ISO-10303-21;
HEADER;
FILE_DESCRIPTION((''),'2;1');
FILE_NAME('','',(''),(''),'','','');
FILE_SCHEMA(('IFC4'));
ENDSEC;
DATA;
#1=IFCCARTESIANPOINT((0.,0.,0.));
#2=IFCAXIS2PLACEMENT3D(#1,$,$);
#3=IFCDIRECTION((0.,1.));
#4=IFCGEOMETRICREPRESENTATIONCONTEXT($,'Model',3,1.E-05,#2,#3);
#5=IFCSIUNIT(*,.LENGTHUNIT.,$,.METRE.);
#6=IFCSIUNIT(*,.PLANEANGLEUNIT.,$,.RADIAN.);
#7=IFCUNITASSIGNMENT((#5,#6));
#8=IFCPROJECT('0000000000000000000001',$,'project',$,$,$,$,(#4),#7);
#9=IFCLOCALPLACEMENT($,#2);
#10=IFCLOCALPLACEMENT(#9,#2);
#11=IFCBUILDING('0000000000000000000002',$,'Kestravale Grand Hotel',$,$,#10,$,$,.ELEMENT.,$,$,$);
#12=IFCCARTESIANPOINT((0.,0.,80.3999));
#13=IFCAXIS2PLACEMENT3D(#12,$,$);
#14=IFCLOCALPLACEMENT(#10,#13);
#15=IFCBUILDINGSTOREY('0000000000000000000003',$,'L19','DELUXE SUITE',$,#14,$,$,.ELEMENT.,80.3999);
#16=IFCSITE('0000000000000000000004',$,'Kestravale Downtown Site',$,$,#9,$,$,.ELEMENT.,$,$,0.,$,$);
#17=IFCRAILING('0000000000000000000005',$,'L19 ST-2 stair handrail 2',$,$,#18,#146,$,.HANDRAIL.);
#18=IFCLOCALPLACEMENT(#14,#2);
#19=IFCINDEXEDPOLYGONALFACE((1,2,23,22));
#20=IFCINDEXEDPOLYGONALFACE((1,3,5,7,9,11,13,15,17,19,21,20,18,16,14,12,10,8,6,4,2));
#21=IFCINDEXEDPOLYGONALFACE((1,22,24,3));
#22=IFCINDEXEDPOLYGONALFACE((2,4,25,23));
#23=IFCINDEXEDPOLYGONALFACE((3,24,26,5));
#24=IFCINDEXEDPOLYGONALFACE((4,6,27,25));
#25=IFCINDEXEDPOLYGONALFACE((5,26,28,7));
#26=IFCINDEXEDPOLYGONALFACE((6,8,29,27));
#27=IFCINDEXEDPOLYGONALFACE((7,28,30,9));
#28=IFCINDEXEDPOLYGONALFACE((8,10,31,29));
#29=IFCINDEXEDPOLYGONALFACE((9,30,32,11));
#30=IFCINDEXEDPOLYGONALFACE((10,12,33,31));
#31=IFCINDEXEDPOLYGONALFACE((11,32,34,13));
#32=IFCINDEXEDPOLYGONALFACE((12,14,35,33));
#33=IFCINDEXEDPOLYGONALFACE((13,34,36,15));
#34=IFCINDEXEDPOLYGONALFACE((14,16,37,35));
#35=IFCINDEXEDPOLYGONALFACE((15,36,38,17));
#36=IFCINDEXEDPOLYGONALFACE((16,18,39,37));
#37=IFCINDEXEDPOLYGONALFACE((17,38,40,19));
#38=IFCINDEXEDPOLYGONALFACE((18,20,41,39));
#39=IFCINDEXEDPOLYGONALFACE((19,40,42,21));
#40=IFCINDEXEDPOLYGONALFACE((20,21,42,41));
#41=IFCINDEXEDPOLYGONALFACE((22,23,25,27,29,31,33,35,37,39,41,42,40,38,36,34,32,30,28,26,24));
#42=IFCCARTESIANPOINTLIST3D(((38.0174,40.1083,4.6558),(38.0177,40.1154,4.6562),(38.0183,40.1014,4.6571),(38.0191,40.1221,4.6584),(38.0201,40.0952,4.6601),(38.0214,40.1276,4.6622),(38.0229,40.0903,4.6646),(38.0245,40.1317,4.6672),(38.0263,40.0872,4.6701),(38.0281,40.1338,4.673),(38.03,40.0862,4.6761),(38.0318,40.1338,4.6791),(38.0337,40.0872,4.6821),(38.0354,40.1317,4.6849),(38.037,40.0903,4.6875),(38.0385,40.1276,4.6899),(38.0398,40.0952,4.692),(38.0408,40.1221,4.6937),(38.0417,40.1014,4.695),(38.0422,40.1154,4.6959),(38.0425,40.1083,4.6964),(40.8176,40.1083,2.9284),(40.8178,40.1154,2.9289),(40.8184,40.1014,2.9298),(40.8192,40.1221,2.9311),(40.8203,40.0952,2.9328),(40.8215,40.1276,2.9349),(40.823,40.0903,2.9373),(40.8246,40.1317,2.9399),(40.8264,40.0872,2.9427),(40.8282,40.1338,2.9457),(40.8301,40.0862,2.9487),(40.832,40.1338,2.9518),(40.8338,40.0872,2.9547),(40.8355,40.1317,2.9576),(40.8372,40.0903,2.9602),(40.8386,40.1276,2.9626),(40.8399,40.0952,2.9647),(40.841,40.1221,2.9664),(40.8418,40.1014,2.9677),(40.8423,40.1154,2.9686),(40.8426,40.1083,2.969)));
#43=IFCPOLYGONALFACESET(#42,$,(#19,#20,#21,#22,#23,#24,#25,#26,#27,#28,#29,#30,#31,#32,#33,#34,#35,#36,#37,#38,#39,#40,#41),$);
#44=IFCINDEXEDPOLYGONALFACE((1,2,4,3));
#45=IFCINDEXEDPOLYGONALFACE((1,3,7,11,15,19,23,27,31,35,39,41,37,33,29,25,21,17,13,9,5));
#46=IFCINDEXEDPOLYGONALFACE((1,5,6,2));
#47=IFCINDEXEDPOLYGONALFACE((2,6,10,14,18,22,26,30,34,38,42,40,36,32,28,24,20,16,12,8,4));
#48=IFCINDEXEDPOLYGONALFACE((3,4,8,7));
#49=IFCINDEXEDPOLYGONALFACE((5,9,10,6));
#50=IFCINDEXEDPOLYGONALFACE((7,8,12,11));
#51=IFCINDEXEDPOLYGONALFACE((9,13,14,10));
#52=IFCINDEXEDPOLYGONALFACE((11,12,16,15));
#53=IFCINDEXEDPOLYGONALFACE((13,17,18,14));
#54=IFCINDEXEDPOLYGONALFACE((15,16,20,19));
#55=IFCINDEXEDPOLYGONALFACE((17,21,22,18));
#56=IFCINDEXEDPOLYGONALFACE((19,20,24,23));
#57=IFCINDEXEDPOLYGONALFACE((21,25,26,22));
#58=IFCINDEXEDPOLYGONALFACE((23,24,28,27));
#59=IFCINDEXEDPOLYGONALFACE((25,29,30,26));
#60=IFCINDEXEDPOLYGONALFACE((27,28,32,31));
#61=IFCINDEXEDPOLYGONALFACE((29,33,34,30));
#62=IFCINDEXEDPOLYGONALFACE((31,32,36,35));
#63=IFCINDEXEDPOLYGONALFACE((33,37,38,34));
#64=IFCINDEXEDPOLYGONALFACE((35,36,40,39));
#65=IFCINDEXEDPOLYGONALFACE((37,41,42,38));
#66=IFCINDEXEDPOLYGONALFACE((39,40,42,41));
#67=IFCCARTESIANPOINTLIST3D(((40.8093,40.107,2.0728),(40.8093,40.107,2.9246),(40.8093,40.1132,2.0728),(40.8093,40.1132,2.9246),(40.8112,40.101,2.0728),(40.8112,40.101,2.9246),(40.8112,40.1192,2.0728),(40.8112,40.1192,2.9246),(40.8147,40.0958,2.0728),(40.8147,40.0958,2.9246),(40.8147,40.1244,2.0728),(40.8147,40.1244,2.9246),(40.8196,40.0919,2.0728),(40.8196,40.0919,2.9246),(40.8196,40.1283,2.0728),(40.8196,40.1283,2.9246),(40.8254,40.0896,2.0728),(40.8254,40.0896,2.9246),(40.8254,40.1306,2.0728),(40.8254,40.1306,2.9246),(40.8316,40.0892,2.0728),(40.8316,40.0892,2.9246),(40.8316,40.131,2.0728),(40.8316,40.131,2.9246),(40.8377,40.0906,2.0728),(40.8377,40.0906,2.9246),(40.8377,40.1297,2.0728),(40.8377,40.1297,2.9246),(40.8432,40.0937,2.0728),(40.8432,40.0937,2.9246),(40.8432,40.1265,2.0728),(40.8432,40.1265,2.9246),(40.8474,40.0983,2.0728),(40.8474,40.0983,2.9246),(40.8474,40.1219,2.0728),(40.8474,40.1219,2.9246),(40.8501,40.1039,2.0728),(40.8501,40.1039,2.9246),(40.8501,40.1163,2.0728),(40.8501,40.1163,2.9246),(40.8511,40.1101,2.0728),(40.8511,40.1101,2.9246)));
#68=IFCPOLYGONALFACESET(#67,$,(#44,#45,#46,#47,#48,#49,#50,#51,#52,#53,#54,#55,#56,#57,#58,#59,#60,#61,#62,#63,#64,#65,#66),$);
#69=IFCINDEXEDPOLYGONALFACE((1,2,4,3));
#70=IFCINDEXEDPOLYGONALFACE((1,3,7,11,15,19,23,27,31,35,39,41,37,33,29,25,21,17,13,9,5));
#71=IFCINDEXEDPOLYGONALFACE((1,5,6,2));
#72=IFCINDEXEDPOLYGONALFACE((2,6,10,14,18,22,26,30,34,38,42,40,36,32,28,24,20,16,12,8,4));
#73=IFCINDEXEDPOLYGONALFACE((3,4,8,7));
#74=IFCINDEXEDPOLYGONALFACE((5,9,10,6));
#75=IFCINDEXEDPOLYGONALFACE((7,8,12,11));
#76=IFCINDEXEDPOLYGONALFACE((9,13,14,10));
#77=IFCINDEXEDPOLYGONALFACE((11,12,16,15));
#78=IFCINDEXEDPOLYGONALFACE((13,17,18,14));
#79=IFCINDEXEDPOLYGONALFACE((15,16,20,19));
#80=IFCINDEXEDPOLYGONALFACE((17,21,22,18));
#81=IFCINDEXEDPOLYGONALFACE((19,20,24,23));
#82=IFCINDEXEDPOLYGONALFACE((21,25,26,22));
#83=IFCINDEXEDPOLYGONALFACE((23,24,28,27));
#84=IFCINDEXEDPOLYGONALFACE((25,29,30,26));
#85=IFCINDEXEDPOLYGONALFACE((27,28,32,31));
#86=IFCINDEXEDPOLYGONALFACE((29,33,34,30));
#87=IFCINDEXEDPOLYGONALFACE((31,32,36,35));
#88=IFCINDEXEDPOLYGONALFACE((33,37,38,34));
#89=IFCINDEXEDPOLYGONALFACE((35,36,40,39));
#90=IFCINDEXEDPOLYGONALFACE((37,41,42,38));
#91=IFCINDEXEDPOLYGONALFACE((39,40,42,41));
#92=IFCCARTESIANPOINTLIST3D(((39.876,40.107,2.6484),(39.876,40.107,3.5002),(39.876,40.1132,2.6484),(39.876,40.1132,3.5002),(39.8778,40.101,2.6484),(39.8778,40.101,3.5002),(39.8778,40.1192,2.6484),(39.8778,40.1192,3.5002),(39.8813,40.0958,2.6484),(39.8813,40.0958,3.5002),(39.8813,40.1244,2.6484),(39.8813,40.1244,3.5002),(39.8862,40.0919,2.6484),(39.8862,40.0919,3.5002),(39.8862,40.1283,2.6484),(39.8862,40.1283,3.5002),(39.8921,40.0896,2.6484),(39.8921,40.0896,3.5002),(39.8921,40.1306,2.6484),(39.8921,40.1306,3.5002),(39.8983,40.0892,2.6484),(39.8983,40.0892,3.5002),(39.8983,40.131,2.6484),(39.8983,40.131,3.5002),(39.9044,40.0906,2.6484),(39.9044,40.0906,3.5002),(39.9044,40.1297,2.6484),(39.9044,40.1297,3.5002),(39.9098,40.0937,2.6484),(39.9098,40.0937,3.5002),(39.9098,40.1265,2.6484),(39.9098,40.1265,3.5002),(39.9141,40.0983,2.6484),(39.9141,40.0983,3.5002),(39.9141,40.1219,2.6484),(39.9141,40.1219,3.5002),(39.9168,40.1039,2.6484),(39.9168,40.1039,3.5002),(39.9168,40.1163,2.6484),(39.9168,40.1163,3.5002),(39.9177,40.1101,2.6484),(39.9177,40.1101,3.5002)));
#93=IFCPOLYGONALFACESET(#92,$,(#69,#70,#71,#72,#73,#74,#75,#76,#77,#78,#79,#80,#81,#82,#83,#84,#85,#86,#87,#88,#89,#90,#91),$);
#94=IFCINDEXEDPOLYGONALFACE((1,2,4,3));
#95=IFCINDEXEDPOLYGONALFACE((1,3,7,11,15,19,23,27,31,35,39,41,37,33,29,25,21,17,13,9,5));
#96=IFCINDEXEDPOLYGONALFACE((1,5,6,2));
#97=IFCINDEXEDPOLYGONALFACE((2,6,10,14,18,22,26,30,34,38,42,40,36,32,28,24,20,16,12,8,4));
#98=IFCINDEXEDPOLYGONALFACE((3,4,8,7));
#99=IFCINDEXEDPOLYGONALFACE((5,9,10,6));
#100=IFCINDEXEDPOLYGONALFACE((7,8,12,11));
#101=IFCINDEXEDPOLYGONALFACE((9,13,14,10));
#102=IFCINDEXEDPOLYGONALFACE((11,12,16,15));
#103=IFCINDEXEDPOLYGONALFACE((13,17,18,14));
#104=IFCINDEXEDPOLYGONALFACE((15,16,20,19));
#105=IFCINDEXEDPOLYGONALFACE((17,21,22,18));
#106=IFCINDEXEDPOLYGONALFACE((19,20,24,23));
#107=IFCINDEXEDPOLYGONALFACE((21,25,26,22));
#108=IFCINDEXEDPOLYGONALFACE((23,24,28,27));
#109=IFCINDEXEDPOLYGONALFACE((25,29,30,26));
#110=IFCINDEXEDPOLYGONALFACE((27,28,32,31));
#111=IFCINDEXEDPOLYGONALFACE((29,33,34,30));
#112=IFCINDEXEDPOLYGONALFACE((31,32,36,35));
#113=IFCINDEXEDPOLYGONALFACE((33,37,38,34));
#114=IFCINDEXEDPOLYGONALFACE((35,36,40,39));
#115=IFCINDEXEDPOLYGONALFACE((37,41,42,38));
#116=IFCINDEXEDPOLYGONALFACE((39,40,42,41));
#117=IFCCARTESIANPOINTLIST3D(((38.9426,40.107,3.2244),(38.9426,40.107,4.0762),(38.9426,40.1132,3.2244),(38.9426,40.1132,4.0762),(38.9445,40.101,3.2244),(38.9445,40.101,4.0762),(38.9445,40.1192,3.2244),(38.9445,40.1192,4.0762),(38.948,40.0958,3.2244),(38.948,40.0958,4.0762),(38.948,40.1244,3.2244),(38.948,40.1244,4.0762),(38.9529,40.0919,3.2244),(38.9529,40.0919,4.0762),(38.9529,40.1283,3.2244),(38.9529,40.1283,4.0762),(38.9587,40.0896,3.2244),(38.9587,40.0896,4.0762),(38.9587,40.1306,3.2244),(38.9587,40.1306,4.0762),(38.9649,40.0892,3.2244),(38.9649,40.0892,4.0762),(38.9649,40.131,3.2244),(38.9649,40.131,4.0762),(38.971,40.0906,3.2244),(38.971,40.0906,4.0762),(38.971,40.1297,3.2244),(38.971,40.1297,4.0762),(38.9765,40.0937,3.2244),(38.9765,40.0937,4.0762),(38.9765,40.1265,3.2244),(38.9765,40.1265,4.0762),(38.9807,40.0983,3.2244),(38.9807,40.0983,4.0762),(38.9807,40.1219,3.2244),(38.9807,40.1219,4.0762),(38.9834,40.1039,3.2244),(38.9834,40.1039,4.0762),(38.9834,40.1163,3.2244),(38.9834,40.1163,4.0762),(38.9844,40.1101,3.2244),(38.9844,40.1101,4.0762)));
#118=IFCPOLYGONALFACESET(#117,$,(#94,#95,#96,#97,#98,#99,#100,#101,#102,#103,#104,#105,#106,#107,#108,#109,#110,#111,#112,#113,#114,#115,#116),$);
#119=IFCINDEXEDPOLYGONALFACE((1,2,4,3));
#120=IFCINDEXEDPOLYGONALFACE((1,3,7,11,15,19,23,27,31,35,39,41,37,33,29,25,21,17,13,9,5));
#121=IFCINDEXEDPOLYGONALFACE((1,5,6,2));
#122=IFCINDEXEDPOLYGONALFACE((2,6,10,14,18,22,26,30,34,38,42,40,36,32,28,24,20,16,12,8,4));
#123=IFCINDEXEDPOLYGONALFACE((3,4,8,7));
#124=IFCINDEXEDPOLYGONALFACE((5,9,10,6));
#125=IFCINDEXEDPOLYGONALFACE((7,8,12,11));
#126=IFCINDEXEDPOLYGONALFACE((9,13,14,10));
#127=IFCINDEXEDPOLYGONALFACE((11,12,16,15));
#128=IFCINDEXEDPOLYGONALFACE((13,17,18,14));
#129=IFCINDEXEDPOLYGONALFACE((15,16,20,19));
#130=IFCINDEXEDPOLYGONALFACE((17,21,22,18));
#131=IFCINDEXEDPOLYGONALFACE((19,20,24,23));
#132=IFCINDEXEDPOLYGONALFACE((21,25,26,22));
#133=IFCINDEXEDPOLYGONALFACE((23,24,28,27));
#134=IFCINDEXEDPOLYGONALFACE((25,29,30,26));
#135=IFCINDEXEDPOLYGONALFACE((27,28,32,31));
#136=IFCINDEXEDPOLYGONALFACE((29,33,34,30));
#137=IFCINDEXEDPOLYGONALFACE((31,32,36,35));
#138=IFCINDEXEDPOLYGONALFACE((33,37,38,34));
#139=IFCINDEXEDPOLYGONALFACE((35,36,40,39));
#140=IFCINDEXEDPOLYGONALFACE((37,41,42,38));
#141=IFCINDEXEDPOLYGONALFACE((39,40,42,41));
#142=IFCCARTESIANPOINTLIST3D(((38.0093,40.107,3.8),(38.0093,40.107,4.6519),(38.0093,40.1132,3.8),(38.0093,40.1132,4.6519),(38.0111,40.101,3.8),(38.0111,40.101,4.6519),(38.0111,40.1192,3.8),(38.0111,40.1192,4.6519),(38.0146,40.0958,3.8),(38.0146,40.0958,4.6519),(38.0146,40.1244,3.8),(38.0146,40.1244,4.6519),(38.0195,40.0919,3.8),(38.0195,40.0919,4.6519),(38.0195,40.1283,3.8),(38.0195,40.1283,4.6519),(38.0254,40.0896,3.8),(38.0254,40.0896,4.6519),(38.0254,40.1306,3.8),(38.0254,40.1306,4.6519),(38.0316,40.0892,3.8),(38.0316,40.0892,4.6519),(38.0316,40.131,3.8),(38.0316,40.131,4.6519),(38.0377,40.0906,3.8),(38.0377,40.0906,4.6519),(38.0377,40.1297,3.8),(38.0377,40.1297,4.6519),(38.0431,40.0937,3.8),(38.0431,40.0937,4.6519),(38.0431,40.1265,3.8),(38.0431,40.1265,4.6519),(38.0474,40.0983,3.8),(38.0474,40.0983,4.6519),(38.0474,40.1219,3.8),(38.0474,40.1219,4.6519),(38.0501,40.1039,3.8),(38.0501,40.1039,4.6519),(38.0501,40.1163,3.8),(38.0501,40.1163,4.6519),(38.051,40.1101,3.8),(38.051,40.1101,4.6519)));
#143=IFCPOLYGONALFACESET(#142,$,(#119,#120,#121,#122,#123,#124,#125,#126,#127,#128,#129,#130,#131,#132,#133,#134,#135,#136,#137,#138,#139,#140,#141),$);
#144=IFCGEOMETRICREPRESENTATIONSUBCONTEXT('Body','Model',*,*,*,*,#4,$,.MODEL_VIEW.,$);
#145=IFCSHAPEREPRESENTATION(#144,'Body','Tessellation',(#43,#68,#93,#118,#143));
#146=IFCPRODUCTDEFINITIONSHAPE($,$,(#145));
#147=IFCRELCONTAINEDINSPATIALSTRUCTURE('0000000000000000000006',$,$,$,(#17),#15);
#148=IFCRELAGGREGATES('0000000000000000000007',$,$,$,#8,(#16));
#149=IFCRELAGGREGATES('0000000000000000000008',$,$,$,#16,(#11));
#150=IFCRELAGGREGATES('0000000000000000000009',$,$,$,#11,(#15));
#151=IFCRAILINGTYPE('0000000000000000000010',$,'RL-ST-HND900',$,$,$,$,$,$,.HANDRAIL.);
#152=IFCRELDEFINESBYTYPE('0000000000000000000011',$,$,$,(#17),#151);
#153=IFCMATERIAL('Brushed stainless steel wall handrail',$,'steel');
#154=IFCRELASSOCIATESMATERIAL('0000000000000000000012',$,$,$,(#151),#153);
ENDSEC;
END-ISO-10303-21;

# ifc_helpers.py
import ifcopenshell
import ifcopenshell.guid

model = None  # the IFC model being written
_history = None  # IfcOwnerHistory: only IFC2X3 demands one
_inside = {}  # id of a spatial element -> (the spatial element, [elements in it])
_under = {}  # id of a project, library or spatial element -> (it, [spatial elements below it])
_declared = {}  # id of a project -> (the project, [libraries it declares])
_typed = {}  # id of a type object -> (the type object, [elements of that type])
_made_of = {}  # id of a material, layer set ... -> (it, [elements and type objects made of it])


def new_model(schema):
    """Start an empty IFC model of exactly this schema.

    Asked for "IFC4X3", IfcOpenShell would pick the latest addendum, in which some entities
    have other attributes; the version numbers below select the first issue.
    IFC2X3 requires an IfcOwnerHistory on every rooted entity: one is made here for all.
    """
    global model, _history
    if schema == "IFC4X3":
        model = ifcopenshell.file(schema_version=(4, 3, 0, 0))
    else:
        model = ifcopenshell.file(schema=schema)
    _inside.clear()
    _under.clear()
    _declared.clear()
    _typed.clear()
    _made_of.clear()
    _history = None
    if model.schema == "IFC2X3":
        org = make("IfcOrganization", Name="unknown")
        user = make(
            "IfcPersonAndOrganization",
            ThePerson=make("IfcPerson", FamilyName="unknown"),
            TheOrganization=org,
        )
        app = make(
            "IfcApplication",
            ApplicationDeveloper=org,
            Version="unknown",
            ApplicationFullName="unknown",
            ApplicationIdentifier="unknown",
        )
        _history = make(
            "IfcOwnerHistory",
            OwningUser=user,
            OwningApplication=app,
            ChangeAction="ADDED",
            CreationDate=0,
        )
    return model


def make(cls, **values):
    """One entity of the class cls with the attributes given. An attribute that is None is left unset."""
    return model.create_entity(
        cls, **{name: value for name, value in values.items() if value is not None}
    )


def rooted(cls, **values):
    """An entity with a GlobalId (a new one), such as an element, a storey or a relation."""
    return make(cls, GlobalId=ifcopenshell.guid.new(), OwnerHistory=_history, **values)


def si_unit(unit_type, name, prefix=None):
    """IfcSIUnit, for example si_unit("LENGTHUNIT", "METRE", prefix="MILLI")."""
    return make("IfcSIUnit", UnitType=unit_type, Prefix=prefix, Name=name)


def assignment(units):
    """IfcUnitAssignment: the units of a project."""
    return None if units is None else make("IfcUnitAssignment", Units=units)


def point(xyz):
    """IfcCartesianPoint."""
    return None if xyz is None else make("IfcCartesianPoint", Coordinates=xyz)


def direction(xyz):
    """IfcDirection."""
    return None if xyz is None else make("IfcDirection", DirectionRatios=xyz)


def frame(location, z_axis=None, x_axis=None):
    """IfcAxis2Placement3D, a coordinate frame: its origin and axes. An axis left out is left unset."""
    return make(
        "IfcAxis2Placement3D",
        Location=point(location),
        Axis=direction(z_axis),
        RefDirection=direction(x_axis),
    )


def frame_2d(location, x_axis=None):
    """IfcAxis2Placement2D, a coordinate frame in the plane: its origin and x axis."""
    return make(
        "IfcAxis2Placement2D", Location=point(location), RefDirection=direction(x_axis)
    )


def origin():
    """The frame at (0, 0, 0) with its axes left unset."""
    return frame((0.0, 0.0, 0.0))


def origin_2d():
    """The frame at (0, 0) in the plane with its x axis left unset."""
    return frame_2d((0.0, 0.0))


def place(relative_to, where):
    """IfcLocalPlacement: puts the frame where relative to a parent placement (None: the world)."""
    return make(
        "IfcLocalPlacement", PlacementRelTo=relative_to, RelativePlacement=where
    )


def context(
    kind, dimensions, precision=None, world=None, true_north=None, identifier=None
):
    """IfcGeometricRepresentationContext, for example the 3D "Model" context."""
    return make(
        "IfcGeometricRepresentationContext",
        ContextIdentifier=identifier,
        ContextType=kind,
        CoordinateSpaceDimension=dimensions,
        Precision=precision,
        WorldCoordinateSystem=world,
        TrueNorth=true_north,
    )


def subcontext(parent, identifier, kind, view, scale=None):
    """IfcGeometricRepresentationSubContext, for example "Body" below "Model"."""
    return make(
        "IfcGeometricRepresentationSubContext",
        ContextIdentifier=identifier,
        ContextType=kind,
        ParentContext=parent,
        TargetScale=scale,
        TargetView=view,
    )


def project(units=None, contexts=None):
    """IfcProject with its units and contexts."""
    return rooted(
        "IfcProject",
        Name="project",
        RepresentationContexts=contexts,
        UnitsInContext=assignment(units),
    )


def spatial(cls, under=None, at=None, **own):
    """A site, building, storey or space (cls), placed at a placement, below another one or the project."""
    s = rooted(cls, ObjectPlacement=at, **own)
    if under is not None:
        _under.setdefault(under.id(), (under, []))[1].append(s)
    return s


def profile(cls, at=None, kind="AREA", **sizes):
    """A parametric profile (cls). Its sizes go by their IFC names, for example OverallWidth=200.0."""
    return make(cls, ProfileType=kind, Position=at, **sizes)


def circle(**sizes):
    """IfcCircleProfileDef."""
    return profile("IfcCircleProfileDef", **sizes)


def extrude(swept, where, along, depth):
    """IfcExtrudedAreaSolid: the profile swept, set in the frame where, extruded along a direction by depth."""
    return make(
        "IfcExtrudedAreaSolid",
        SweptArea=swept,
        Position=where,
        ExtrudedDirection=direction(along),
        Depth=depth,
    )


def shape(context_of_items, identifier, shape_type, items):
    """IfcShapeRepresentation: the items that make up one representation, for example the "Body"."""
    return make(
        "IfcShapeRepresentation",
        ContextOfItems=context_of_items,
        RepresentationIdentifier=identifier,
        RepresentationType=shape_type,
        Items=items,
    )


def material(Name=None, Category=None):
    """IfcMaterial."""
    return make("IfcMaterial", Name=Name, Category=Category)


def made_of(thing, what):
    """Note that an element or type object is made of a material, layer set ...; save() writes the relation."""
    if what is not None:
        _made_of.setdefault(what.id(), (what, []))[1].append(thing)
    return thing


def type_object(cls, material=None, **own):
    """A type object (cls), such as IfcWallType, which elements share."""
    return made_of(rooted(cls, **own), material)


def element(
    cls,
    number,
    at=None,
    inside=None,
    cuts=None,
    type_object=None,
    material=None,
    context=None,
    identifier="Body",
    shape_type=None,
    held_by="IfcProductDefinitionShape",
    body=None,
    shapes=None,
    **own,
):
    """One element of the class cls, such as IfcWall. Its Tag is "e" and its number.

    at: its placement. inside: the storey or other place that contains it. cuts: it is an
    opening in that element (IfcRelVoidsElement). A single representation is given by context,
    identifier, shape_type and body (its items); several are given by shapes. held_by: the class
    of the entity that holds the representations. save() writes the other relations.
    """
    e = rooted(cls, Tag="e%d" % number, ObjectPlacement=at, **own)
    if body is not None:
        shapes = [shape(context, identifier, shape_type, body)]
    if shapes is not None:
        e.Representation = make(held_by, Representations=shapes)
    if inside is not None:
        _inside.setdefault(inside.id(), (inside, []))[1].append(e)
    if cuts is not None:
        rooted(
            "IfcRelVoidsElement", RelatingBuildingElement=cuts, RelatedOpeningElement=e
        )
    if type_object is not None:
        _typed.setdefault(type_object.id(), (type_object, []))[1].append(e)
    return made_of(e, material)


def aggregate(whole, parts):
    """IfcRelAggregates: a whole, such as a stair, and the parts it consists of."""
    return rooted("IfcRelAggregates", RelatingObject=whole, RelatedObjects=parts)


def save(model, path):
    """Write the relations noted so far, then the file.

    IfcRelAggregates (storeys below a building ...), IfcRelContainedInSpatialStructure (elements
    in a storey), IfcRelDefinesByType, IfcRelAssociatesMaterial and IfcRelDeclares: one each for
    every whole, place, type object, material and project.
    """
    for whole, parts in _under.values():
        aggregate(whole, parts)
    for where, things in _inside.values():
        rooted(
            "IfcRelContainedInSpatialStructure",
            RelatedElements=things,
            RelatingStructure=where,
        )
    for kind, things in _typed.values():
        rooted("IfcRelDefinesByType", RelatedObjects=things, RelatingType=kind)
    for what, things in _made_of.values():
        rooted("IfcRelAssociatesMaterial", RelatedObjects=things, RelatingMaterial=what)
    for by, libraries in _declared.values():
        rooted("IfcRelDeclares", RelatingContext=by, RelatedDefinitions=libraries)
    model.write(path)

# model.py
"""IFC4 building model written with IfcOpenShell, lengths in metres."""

from ifc_helpers import new_model, si_unit, direction, frame, origin, origin_2d, place, context, subcontext, project, spatial, circle, extrude, material, type_object, element, save


model = new_model("IFC4")

# Units and contexts
model_context = context("Model", 3, precision=1e-05, world=origin(), true_north=direction((0.0, 1.0)))
body_context = subcontext(model_context, "Body", "Model", "MODEL_VIEW")
ifc_project = project(units=[si_unit("LENGTHUNIT", "METRE"), si_unit("PLANEANGLEUNIT", "RADIAN")], contexts=[model_context])

# Site, building, storey
site_placement = place(None, origin())
site = spatial("IfcSite", under=ifc_project, at=site_placement, Name="Kestravale Downtown Site", CompositionType="ELEMENT", RefElevation=0.0)
building_placement = place(site_placement, origin())
building = spatial("IfcBuilding", under=site, at=building_placement, Name="Kestravale Grand Hotel", CompositionType="ELEMENT")
storey_placement = place(building_placement, frame((0.0, 0.0, 80.3999)))
storey = spatial("IfcBuildingStorey", under=building, at=storey_placement, Name="L19", Description="DELUXE SUITE", CompositionType="ELEMENT", Elevation=80.3999)

# Railing
ifc_material_1 = material(Name="Brushed stainless steel wall handrail", Category="steel")
railing_type_1 = type_object("IfcRailingType", Name="RL-ST-HND900", PredefinedType="HANDRAIL", material=ifc_material_1)
railing_1_placement = place(storey_placement, frame((40.8301, 40.1101, 2.0728)))
element("IfcRailing", 1, at=railing_1_placement, inside=storey, type_object=railing_type_1, Name="L19 ST-2 stair handrail 2", PredefinedType="HANDRAIL", context=body_context, shape_type="SweptSolid", body=[
    extrude(circle(Radius=0.0239, at=origin_2d()), frame((0.0, 0.0, 0.876), z_axis=(-0.85109, 0.0, 0.52502), x_axis=(0.0, -1.0, 0.0)), (0.0, 0.0, 1.0), 3.29),
    extrude(circle(Radius=0.021, at=origin_2d()), origin(), (0.0, 0.0, 1.0), 0.8518),
    extrude(circle(Radius=0.021, at=origin_2d()), frame((-0.9333, 0.0, 0.5757)), (0.0, 0.0, 1.0), 0.8518),
    extrude(circle(Radius=0.021, at=origin_2d()), frame((-1.8667, 0.0, 1.1516)), (0.0, 0.0, 1.0), 0.8518),
    extrude(circle(Radius=0.021, at=origin_2d()), frame((-2.8, 0.0, 1.7273)), (0.0, 0.0, 1.0), 0.8518),
])

save(model, "model.ifc")
